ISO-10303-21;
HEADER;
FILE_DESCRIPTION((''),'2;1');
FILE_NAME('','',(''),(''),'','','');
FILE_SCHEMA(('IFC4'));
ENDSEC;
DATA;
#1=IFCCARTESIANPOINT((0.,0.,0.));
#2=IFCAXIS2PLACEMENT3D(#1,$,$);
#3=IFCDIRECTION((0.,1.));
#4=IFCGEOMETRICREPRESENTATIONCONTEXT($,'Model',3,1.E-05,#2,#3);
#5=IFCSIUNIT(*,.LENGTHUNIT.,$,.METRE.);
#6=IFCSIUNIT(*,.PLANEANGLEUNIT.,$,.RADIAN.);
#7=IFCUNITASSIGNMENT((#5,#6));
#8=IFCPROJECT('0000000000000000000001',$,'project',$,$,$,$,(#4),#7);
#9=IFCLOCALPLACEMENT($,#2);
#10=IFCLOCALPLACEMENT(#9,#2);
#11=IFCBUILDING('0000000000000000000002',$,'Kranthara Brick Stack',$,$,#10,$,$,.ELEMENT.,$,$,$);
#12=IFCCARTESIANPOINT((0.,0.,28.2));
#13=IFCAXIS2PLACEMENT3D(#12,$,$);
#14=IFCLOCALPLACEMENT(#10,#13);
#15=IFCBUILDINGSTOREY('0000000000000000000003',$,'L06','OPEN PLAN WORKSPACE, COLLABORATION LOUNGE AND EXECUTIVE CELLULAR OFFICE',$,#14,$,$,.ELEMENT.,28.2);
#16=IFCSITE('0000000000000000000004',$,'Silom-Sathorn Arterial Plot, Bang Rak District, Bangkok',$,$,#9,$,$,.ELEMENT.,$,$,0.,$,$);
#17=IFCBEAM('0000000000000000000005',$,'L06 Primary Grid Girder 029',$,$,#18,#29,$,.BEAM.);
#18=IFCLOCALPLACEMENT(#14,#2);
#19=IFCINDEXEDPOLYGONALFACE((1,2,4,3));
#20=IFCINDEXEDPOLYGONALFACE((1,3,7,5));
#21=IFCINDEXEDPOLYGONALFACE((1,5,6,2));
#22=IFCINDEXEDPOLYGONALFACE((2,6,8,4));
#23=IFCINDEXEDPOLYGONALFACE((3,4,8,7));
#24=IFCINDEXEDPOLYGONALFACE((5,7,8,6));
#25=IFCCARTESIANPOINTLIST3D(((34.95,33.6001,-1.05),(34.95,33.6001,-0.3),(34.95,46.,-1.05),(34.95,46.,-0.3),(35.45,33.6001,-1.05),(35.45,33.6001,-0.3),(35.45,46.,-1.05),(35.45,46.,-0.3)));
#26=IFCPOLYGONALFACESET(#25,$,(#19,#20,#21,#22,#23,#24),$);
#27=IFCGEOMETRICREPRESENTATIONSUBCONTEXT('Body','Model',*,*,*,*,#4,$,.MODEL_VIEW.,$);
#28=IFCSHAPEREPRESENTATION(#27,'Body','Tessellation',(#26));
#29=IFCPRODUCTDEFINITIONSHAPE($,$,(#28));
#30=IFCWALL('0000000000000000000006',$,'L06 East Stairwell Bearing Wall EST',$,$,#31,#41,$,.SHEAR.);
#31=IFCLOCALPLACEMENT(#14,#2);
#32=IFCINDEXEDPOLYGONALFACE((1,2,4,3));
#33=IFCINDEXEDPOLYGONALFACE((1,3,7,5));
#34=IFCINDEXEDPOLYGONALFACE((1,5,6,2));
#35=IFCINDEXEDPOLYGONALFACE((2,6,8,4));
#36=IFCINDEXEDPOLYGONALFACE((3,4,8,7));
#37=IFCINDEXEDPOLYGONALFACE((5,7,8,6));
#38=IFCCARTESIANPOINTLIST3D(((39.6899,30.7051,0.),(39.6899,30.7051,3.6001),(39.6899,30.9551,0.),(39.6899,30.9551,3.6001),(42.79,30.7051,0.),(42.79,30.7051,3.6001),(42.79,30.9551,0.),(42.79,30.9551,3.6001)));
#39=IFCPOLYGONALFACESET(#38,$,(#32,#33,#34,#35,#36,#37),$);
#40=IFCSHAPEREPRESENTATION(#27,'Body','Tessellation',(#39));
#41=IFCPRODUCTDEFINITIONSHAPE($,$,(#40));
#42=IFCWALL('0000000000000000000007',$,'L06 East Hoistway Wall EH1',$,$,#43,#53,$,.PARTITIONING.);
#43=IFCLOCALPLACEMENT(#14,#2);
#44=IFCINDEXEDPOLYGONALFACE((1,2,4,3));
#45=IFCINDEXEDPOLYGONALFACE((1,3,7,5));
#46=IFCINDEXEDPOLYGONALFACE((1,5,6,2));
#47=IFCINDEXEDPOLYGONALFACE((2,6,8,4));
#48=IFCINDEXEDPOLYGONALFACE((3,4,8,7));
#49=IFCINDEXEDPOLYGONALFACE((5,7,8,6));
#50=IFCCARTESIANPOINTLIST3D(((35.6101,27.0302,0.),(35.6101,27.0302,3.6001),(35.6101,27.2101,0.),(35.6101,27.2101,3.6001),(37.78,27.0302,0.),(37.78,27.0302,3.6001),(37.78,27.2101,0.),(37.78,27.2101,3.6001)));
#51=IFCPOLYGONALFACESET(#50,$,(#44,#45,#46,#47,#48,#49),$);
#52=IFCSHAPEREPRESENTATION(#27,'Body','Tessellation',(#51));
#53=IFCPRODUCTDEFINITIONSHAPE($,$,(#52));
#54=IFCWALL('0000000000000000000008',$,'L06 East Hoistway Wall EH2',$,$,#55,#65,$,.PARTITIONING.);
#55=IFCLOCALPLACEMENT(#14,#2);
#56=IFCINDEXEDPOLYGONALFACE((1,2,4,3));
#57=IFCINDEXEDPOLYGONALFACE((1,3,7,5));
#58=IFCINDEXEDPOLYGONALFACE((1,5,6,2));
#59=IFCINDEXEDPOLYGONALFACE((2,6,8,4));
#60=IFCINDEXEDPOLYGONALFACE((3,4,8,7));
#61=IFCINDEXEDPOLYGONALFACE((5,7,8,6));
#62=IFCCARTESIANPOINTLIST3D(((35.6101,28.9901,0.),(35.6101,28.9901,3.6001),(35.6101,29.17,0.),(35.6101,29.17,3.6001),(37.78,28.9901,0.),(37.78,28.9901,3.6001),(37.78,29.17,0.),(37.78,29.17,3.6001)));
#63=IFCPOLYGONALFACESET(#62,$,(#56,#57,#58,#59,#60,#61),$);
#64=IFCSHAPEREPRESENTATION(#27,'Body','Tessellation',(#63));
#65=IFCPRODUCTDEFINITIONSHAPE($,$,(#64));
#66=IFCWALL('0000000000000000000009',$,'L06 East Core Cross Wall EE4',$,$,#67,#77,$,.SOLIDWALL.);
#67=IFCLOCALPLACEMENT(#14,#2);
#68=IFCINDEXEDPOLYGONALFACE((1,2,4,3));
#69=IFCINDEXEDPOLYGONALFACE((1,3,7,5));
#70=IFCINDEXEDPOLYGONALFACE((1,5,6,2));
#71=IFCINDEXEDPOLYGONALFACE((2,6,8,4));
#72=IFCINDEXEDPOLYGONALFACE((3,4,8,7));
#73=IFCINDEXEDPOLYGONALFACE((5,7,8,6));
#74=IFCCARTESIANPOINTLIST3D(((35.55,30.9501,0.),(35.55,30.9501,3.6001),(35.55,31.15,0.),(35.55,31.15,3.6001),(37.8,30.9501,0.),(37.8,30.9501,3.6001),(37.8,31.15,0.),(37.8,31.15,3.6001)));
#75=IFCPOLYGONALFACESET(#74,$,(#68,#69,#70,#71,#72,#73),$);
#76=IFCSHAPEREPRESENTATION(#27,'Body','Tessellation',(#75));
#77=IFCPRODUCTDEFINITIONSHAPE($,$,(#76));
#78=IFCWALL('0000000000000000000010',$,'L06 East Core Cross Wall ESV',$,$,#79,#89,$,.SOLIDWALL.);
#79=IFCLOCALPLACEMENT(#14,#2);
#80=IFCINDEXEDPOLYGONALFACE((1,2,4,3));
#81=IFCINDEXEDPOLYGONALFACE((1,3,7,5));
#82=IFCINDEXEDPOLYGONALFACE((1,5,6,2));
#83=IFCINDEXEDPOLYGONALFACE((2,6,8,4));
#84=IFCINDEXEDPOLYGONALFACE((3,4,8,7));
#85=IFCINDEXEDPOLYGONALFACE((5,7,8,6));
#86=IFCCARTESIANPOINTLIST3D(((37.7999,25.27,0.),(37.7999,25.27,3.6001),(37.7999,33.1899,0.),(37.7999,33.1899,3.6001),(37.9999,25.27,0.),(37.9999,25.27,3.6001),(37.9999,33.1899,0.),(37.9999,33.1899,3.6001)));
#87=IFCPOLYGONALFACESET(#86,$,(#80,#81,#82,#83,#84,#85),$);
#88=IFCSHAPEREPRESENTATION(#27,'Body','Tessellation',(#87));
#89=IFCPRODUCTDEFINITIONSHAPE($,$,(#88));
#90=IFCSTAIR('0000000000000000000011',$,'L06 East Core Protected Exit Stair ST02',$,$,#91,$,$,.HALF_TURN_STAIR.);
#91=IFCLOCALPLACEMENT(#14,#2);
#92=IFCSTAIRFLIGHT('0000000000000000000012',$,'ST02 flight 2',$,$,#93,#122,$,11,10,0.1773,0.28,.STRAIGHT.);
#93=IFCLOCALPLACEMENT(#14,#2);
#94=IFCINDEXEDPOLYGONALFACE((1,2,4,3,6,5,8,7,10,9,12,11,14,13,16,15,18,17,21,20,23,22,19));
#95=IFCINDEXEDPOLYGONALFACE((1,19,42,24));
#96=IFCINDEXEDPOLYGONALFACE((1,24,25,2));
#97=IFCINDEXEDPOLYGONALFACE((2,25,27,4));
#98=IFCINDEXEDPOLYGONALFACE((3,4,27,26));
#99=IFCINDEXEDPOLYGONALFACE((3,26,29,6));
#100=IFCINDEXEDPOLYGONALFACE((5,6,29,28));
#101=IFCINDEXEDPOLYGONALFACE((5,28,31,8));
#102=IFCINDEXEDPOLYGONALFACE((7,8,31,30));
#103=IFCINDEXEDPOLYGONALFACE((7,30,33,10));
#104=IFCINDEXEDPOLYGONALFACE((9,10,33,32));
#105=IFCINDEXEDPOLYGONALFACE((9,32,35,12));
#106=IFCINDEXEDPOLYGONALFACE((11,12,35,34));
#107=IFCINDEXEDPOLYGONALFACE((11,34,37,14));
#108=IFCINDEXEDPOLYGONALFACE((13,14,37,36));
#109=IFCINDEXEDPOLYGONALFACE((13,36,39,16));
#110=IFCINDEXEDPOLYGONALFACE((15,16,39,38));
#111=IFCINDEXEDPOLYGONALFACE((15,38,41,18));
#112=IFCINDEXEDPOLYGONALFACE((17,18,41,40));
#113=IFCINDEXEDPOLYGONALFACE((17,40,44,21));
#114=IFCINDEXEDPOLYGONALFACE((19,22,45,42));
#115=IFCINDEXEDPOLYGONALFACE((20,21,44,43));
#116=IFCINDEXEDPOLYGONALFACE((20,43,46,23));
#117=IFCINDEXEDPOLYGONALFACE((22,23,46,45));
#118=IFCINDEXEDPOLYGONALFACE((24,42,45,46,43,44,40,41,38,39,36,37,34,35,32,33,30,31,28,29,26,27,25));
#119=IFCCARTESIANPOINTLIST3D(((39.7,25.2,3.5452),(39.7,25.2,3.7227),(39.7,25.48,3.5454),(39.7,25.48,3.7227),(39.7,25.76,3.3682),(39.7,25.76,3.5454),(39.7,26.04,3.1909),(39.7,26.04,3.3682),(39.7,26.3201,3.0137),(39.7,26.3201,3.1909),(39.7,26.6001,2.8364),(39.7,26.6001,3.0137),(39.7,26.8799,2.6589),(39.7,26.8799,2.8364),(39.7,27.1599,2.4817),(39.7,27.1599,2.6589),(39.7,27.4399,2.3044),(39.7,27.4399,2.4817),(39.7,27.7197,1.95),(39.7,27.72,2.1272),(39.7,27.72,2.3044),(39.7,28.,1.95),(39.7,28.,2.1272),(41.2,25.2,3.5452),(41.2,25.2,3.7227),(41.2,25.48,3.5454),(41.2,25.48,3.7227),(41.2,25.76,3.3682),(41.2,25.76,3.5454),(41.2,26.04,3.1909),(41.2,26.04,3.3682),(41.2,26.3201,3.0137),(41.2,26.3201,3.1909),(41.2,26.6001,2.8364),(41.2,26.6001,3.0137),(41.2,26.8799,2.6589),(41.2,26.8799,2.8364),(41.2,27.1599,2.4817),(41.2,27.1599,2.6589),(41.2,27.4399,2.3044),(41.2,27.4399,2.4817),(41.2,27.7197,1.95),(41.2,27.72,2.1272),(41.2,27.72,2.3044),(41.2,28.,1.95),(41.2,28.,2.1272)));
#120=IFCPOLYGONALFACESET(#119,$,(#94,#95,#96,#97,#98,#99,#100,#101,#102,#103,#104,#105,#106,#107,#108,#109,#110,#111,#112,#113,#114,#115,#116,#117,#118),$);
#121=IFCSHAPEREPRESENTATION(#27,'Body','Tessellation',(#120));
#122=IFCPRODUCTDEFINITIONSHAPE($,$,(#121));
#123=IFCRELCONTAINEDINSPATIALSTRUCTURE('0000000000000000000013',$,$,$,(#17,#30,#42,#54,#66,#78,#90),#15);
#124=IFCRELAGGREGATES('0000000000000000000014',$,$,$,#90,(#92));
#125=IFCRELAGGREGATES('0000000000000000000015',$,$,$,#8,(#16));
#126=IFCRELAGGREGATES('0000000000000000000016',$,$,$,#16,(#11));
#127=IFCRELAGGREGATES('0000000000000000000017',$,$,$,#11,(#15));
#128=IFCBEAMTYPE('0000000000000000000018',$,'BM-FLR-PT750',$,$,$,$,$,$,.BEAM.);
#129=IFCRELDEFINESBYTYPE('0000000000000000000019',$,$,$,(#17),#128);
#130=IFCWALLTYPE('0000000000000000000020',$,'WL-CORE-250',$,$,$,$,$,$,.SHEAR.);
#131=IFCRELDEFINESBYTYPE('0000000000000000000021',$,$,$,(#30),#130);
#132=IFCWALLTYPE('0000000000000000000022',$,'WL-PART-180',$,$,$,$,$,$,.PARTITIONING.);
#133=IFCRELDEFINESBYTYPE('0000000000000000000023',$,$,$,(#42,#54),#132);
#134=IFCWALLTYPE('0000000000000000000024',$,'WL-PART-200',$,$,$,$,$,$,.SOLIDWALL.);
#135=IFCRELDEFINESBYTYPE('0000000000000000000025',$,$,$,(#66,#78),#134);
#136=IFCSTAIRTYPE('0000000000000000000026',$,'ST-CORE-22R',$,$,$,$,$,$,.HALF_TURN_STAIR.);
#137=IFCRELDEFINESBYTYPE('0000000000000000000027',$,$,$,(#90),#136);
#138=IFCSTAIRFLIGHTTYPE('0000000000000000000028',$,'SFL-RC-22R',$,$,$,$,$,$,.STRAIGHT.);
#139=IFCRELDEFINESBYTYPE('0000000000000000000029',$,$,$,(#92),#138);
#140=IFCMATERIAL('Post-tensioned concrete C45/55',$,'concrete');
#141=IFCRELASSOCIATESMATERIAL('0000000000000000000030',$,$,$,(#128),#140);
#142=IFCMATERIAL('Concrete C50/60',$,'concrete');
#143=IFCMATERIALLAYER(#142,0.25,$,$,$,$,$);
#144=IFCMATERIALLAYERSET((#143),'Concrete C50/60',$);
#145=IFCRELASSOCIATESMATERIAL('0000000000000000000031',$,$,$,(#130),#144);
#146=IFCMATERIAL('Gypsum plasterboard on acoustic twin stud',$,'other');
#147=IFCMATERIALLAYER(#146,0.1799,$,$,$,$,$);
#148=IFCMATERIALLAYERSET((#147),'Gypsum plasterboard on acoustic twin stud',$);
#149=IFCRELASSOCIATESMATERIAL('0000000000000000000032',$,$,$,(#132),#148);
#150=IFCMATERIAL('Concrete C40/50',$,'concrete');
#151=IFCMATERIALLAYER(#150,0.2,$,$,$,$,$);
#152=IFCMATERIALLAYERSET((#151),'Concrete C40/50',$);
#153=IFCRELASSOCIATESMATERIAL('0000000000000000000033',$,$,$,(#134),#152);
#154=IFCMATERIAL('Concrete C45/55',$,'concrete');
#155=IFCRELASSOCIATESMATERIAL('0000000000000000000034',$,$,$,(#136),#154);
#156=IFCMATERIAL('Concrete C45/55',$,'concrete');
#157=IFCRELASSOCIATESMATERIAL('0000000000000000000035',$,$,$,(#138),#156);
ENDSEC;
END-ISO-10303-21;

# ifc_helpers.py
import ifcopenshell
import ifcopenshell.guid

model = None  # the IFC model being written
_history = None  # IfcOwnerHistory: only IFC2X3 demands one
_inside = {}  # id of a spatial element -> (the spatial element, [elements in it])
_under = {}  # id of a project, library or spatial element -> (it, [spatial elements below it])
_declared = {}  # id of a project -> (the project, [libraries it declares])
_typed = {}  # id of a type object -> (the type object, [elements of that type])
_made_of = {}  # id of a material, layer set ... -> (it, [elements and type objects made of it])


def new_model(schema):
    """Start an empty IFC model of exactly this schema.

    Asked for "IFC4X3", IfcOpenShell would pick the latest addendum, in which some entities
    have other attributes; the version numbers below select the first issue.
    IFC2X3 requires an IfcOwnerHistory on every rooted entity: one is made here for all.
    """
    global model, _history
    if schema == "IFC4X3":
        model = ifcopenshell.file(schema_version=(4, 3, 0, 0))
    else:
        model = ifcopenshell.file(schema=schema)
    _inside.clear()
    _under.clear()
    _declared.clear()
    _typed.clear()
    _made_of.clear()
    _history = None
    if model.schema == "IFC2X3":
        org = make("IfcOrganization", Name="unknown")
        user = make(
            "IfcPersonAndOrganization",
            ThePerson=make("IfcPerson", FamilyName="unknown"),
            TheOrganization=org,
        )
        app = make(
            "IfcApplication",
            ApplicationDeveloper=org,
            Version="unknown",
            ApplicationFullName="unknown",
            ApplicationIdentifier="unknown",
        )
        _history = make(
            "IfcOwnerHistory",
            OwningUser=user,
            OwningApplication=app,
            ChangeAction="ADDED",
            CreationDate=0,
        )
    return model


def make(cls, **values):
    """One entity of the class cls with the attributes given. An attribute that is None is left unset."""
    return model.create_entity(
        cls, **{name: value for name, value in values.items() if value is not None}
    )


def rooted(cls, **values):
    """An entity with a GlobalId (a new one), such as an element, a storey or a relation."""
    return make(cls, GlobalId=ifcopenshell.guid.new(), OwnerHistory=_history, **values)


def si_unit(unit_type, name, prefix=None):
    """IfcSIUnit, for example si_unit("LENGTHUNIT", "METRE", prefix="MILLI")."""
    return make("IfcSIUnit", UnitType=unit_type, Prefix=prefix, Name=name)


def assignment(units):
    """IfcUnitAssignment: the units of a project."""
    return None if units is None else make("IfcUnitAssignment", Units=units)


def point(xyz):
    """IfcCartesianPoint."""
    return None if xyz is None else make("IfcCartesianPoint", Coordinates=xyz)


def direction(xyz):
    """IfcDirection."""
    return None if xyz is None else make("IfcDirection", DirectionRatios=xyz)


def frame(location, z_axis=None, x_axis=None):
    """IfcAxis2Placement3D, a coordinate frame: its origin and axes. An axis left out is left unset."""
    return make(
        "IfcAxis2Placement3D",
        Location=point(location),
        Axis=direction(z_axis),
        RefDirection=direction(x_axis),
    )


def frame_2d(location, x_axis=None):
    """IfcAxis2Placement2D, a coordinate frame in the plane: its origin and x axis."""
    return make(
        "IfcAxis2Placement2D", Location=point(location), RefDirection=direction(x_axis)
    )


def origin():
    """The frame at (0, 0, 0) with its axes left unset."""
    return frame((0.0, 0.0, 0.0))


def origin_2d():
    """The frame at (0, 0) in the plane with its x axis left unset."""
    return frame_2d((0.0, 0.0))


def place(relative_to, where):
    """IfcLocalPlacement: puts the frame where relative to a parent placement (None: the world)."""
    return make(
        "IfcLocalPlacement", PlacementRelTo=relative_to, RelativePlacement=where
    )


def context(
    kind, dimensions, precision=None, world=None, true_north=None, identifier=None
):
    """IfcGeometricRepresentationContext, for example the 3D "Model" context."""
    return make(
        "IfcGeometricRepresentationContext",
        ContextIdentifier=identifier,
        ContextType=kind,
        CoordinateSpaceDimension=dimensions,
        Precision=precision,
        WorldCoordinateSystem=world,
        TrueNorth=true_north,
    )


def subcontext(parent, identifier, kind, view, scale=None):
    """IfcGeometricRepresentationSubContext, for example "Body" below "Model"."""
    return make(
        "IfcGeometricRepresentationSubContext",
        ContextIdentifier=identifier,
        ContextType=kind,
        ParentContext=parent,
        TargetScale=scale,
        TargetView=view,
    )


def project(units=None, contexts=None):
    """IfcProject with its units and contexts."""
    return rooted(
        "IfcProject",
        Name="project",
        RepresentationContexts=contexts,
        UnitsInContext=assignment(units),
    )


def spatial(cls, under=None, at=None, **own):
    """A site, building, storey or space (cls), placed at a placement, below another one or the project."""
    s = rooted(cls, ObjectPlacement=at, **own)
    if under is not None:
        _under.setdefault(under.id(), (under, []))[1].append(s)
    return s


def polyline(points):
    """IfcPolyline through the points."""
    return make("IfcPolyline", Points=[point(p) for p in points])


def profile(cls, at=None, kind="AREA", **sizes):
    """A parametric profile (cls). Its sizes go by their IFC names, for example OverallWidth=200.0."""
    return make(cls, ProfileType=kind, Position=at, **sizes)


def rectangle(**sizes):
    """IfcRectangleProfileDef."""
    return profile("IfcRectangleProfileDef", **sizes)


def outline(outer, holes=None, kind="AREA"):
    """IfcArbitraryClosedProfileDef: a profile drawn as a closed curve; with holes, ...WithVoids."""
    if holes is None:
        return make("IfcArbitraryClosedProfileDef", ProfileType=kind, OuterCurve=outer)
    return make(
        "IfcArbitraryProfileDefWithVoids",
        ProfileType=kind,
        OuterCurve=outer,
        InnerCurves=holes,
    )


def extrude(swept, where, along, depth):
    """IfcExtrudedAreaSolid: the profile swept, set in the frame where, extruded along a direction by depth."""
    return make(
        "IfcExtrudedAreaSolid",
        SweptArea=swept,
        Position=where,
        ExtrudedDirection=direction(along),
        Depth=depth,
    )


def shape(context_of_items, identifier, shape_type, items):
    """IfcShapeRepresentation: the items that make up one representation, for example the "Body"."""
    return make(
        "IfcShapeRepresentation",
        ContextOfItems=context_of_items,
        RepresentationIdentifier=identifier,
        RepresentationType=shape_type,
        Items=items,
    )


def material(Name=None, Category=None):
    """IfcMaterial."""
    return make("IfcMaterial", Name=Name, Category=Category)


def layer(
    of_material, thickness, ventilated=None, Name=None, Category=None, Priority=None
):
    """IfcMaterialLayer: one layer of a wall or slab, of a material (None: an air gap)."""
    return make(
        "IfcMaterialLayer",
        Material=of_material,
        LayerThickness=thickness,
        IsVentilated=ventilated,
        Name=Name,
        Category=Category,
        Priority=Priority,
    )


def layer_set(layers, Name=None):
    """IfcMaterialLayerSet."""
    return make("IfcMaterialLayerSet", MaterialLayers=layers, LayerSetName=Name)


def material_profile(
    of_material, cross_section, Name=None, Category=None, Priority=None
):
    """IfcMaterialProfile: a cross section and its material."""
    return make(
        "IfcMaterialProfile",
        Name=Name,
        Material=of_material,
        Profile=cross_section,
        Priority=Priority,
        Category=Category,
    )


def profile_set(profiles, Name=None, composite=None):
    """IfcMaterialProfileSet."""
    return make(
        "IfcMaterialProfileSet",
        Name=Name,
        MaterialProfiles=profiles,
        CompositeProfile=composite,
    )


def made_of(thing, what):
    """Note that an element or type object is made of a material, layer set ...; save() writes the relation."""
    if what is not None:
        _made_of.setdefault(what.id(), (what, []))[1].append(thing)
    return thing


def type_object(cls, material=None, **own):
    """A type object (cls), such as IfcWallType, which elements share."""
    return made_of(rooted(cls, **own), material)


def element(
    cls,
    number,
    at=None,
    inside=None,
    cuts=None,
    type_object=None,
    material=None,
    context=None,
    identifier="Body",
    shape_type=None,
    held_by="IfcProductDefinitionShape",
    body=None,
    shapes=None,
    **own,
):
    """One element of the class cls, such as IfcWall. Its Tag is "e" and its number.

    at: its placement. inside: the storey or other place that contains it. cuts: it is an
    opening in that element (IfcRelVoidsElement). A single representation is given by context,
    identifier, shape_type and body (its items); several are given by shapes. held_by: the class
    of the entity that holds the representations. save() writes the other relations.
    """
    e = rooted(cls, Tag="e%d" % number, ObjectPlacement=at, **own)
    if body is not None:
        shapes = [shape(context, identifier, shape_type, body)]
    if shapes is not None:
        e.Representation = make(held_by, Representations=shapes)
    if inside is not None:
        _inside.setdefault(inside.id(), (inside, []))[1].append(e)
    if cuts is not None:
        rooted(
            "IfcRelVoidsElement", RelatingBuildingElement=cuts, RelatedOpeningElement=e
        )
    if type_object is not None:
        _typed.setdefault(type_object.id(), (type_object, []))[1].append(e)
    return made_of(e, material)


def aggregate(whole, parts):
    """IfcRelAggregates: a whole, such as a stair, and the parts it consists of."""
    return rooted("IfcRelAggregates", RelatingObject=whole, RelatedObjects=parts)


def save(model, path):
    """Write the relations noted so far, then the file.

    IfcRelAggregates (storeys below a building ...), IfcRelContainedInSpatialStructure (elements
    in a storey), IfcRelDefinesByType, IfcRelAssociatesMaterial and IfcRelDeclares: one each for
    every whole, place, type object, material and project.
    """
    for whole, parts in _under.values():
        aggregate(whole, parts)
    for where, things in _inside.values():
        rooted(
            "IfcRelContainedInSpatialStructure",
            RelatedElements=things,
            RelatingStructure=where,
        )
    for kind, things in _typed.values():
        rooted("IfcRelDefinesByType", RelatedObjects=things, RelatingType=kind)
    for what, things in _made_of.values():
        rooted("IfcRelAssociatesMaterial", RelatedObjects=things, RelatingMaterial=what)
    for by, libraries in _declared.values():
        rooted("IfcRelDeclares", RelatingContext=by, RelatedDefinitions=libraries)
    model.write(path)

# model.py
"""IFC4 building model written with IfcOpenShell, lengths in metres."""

from ifc_helpers import new_model, si_unit, direction, frame, frame_2d, origin, origin_2d, place, context, subcontext, project, spatial, polyline, rectangle, outline, extrude, material, layer, layer_set, material_profile, profile_set, type_object, element, aggregate, save


model = new_model("IFC4")

# Units and contexts
model_context = context("Model", 3, precision=1e-05, world=origin(), true_north=direction((0.0, 1.0)))
body_context = subcontext(model_context, "Body", "Model", "MODEL_VIEW")
ifc_project = project(units=[si_unit("LENGTHUNIT", "METRE"), si_unit("PLANEANGLEUNIT", "RADIAN")], contexts=[model_context])

# Site, building, storey
site_placement = place(None, origin())
site = spatial("IfcSite", under=ifc_project, at=site_placement, Name="Silom-Sathorn Arterial Plot, Bang Rak District, Bangkok", CompositionType="ELEMENT", RefElevation=0.0)
building_placement = place(site_placement, origin())
building = spatial("IfcBuilding", under=site, at=building_placement, Name="Kranthara Brick Stack", CompositionType="ELEMENT")
storey_placement = place(building_placement, frame((0.0, 0.0, 28.2)))
storey = spatial("IfcBuildingStorey", under=building, at=storey_placement, Name="L06", Description="OPEN PLAN WORKSPACE, COLLABORATION LOUNGE AND EXECUTIVE CELLULAR OFFICE", CompositionType="ELEMENT", Elevation=28.2)

# Beam
ifc_material_1 = material(Name="Post-tensioned concrete C45/55", Category="concrete")
ifc_material_profile = material_profile(ifc_material_1, rectangle(XDim=0.5, YDim=0.75, at=origin_2d()), Name="PT 500x750")
ifc_profile_set = profile_set([ifc_material_profile], Name="Post-tensioned concrete C45/55")
beam_type = type_object("IfcBeamType", Name="BM-FLR-PT750", PredefinedType="BEAM", material=ifc_profile_set)
beam_placement = place(storey_placement, frame((35.2, 33.6001, -0.675), z_axis=(0.0, 1.0, 0.0), x_axis=(-1.0, 0.0, 0.0)))
element("IfcBeam", 1, at=beam_placement, inside=storey, type_object=beam_type, Name="L06 Primary Grid Girder 029", PredefinedType="BEAM", context=body_context, shape_type="SweptSolid", body=[
    extrude(rectangle(XDim=0.5, YDim=0.75, at=origin_2d()), origin(), (0.0, 0.0, 1.0), 12.3999),
])

# Wall
ifc_material_2 = material(Name="Concrete C50/60", Category="concrete")
ifc_layer_1 = layer(ifc_material_2, 0.25)
ifc_layer_set_1 = layer_set([ifc_layer_1], Name="Concrete C50/60")
wall_type_1 = type_object("IfcWallType", Name="WL-CORE-250", PredefinedType="SHEAR", material=ifc_layer_set_1)
wall_1_placement = place(storey_placement, frame((39.6899, 30.8301, 0.0), z_axis=(0.0, 0.0, 1.0), x_axis=(1.0, 0.0, 0.0)))
element("IfcWall", 2, at=wall_1_placement, inside=storey, type_object=wall_type_1, Name="L06 East Stairwell Bearing Wall EST", PredefinedType="SHEAR", context=body_context, shape_type="SweptSolid", body=[
    extrude(rectangle(XDim=3.1001, YDim=0.25, at=frame_2d((1.55, 0.0))), origin(), (0.0, 0.0, 1.0), 3.6001),
])

# Walls
ifc_material_3 = material(Name="Gypsum plasterboard on acoustic twin stud", Category="other")
ifc_layer_2 = layer(ifc_material_3, 0.1799)
ifc_layer_set_2 = layer_set([ifc_layer_2], Name="Gypsum plasterboard on acoustic twin stud")
wall_type_2 = type_object("IfcWallType", Name="WL-PART-180", PredefinedType="PARTITIONING", material=ifc_layer_set_2)
for number, where, z_axis, x_axis, name in (
    (3, (35.6101, 27.1201, 0.0), (0.0, 0.0, 1.0), (1.0, 0.0, 0.0), "L06 East Hoistway Wall EH1"),
    (4, (35.6101, 29.0801, 0.0), (0.0, 0.0, 1.0), (1.0, 0.0, 0.0), "L06 East Hoistway Wall EH2"),
):
    element("IfcWall", number, at=place(storey_placement, frame(where, z_axis=z_axis, x_axis=x_axis)), inside=storey, type_object=wall_type_2, Name=name, PredefinedType="PARTITIONING", context=body_context, shape_type="SweptSolid", body=[
        extrude(rectangle(XDim=2.1699, YDim=0.1799, at=frame_2d((1.085, 0.0))), origin(), (0.0, 0.0, 1.0), 3.6001),
    ])
ifc_material_4 = material(Name="Concrete C40/50", Category="concrete")
ifc_layer_3 = layer(ifc_material_4, 0.2)
ifc_layer_set_3 = layer_set([ifc_layer_3], Name="Concrete C40/50")
wall_type_3 = type_object("IfcWallType", Name="WL-PART-200", PredefinedType="SOLIDWALL", material=ifc_layer_set_3)
wall_2_placement = place(storey_placement, frame((35.55, 31.05, 0.0), z_axis=(0.0, 0.0, 1.0), x_axis=(1.0, 0.0, 0.0)))
element("IfcWall", 5, at=wall_2_placement, inside=storey, type_object=wall_type_3, Name="L06 East Core Cross Wall EE4", PredefinedType="SOLIDWALL", context=body_context, shape_type="SweptSolid", body=[
    extrude(rectangle(XDim=2.25, YDim=0.2, at=frame_2d((1.125, 0.0))), origin(), (0.0, 0.0, 1.0), 3.6001),
])
wall_3_placement = place(storey_placement, frame((37.8999, 25.27, 0.0), z_axis=(0.0, 0.0, 1.0), x_axis=(0.0, 1.0, 0.0)))
element("IfcWall", 6, at=wall_3_placement, inside=storey, type_object=wall_type_3, Name="L06 East Core Cross Wall ESV", PredefinedType="SOLIDWALL", context=body_context, shape_type="SweptSolid", body=[
    extrude(rectangle(XDim=7.9199, YDim=0.2, at=frame_2d((3.96, 0.0))), origin(), (0.0, 0.0, 1.0), 3.6001),
])

# Stair, stair flight
ifc_material_5 = material(Name="Concrete C45/55", Category="concrete")
stair_type = type_object("IfcStairType", Name="ST-CORE-22R", PredefinedType="HALF_TURN_STAIR", material=ifc_material_5)
stair_placement = place(storey_placement, origin())
stair = element("IfcStair", 7, at=stair_placement, inside=storey, type_object=stair_type, Name="L06 East Core Protected Exit Stair ST02", PredefinedType="HALF_TURN_STAIR")
ifc_material_6 = material(Name="Concrete C45/55", Category="concrete")
stair_flight_type = type_object("IfcStairFlightType", Name="SFL-RC-22R", PredefinedType="STRAIGHT", material=ifc_material_6)
stair_flight_placement = place(storey_placement, frame((40.45, 28.0, 1.95), z_axis=(0.0, 0.0, 1.0), x_axis=(0.0, -1.0, 0.0)))
stair_flight = element("IfcStairFlight", 8, at=stair_flight_placement, type_object=stair_flight_type, Name="ST02 flight 2", NumberOfRisers=11, NumberOfTreads=10, PredefinedType="STRAIGHT", RiserHeight=0.1773, TreadLength=0.28, context=body_context, shape_type="SweptSolid", body=[
    extrude(outline(polyline([(0.0, 0.0), (0.0, 0.1772), (0.28, 0.1772), (0.28, 0.3545), (0.5601, 0.3545), (0.5601, 0.5317), (0.8401, 0.5317), (0.8401, 0.709), (1.1201, 0.709), (1.1201, 0.8865), (1.3999, 0.8865), (1.3999, 1.0637), (1.6799, 1.0637), (1.6799, 1.241), (1.96, 1.241), (1.96, 1.4182), (2.24, 1.4182), (2.24, 1.5955), (2.52, 1.5955), (2.52, 1.7727), (2.8, 1.7727), (2.8, 1.95), (2.8, 1.5952), (0.2803, 0.0), (0.0, 0.0)])), frame((0.0, 0.75, 0.0), z_axis=(0.0, -1.0, 0.0), x_axis=(1.0, 0.0, 0.0)), (0.0, 0.0, 1.0), 1.5),
])
aggregate(stair, [stair_flight])

save(model, "model.ifc")
